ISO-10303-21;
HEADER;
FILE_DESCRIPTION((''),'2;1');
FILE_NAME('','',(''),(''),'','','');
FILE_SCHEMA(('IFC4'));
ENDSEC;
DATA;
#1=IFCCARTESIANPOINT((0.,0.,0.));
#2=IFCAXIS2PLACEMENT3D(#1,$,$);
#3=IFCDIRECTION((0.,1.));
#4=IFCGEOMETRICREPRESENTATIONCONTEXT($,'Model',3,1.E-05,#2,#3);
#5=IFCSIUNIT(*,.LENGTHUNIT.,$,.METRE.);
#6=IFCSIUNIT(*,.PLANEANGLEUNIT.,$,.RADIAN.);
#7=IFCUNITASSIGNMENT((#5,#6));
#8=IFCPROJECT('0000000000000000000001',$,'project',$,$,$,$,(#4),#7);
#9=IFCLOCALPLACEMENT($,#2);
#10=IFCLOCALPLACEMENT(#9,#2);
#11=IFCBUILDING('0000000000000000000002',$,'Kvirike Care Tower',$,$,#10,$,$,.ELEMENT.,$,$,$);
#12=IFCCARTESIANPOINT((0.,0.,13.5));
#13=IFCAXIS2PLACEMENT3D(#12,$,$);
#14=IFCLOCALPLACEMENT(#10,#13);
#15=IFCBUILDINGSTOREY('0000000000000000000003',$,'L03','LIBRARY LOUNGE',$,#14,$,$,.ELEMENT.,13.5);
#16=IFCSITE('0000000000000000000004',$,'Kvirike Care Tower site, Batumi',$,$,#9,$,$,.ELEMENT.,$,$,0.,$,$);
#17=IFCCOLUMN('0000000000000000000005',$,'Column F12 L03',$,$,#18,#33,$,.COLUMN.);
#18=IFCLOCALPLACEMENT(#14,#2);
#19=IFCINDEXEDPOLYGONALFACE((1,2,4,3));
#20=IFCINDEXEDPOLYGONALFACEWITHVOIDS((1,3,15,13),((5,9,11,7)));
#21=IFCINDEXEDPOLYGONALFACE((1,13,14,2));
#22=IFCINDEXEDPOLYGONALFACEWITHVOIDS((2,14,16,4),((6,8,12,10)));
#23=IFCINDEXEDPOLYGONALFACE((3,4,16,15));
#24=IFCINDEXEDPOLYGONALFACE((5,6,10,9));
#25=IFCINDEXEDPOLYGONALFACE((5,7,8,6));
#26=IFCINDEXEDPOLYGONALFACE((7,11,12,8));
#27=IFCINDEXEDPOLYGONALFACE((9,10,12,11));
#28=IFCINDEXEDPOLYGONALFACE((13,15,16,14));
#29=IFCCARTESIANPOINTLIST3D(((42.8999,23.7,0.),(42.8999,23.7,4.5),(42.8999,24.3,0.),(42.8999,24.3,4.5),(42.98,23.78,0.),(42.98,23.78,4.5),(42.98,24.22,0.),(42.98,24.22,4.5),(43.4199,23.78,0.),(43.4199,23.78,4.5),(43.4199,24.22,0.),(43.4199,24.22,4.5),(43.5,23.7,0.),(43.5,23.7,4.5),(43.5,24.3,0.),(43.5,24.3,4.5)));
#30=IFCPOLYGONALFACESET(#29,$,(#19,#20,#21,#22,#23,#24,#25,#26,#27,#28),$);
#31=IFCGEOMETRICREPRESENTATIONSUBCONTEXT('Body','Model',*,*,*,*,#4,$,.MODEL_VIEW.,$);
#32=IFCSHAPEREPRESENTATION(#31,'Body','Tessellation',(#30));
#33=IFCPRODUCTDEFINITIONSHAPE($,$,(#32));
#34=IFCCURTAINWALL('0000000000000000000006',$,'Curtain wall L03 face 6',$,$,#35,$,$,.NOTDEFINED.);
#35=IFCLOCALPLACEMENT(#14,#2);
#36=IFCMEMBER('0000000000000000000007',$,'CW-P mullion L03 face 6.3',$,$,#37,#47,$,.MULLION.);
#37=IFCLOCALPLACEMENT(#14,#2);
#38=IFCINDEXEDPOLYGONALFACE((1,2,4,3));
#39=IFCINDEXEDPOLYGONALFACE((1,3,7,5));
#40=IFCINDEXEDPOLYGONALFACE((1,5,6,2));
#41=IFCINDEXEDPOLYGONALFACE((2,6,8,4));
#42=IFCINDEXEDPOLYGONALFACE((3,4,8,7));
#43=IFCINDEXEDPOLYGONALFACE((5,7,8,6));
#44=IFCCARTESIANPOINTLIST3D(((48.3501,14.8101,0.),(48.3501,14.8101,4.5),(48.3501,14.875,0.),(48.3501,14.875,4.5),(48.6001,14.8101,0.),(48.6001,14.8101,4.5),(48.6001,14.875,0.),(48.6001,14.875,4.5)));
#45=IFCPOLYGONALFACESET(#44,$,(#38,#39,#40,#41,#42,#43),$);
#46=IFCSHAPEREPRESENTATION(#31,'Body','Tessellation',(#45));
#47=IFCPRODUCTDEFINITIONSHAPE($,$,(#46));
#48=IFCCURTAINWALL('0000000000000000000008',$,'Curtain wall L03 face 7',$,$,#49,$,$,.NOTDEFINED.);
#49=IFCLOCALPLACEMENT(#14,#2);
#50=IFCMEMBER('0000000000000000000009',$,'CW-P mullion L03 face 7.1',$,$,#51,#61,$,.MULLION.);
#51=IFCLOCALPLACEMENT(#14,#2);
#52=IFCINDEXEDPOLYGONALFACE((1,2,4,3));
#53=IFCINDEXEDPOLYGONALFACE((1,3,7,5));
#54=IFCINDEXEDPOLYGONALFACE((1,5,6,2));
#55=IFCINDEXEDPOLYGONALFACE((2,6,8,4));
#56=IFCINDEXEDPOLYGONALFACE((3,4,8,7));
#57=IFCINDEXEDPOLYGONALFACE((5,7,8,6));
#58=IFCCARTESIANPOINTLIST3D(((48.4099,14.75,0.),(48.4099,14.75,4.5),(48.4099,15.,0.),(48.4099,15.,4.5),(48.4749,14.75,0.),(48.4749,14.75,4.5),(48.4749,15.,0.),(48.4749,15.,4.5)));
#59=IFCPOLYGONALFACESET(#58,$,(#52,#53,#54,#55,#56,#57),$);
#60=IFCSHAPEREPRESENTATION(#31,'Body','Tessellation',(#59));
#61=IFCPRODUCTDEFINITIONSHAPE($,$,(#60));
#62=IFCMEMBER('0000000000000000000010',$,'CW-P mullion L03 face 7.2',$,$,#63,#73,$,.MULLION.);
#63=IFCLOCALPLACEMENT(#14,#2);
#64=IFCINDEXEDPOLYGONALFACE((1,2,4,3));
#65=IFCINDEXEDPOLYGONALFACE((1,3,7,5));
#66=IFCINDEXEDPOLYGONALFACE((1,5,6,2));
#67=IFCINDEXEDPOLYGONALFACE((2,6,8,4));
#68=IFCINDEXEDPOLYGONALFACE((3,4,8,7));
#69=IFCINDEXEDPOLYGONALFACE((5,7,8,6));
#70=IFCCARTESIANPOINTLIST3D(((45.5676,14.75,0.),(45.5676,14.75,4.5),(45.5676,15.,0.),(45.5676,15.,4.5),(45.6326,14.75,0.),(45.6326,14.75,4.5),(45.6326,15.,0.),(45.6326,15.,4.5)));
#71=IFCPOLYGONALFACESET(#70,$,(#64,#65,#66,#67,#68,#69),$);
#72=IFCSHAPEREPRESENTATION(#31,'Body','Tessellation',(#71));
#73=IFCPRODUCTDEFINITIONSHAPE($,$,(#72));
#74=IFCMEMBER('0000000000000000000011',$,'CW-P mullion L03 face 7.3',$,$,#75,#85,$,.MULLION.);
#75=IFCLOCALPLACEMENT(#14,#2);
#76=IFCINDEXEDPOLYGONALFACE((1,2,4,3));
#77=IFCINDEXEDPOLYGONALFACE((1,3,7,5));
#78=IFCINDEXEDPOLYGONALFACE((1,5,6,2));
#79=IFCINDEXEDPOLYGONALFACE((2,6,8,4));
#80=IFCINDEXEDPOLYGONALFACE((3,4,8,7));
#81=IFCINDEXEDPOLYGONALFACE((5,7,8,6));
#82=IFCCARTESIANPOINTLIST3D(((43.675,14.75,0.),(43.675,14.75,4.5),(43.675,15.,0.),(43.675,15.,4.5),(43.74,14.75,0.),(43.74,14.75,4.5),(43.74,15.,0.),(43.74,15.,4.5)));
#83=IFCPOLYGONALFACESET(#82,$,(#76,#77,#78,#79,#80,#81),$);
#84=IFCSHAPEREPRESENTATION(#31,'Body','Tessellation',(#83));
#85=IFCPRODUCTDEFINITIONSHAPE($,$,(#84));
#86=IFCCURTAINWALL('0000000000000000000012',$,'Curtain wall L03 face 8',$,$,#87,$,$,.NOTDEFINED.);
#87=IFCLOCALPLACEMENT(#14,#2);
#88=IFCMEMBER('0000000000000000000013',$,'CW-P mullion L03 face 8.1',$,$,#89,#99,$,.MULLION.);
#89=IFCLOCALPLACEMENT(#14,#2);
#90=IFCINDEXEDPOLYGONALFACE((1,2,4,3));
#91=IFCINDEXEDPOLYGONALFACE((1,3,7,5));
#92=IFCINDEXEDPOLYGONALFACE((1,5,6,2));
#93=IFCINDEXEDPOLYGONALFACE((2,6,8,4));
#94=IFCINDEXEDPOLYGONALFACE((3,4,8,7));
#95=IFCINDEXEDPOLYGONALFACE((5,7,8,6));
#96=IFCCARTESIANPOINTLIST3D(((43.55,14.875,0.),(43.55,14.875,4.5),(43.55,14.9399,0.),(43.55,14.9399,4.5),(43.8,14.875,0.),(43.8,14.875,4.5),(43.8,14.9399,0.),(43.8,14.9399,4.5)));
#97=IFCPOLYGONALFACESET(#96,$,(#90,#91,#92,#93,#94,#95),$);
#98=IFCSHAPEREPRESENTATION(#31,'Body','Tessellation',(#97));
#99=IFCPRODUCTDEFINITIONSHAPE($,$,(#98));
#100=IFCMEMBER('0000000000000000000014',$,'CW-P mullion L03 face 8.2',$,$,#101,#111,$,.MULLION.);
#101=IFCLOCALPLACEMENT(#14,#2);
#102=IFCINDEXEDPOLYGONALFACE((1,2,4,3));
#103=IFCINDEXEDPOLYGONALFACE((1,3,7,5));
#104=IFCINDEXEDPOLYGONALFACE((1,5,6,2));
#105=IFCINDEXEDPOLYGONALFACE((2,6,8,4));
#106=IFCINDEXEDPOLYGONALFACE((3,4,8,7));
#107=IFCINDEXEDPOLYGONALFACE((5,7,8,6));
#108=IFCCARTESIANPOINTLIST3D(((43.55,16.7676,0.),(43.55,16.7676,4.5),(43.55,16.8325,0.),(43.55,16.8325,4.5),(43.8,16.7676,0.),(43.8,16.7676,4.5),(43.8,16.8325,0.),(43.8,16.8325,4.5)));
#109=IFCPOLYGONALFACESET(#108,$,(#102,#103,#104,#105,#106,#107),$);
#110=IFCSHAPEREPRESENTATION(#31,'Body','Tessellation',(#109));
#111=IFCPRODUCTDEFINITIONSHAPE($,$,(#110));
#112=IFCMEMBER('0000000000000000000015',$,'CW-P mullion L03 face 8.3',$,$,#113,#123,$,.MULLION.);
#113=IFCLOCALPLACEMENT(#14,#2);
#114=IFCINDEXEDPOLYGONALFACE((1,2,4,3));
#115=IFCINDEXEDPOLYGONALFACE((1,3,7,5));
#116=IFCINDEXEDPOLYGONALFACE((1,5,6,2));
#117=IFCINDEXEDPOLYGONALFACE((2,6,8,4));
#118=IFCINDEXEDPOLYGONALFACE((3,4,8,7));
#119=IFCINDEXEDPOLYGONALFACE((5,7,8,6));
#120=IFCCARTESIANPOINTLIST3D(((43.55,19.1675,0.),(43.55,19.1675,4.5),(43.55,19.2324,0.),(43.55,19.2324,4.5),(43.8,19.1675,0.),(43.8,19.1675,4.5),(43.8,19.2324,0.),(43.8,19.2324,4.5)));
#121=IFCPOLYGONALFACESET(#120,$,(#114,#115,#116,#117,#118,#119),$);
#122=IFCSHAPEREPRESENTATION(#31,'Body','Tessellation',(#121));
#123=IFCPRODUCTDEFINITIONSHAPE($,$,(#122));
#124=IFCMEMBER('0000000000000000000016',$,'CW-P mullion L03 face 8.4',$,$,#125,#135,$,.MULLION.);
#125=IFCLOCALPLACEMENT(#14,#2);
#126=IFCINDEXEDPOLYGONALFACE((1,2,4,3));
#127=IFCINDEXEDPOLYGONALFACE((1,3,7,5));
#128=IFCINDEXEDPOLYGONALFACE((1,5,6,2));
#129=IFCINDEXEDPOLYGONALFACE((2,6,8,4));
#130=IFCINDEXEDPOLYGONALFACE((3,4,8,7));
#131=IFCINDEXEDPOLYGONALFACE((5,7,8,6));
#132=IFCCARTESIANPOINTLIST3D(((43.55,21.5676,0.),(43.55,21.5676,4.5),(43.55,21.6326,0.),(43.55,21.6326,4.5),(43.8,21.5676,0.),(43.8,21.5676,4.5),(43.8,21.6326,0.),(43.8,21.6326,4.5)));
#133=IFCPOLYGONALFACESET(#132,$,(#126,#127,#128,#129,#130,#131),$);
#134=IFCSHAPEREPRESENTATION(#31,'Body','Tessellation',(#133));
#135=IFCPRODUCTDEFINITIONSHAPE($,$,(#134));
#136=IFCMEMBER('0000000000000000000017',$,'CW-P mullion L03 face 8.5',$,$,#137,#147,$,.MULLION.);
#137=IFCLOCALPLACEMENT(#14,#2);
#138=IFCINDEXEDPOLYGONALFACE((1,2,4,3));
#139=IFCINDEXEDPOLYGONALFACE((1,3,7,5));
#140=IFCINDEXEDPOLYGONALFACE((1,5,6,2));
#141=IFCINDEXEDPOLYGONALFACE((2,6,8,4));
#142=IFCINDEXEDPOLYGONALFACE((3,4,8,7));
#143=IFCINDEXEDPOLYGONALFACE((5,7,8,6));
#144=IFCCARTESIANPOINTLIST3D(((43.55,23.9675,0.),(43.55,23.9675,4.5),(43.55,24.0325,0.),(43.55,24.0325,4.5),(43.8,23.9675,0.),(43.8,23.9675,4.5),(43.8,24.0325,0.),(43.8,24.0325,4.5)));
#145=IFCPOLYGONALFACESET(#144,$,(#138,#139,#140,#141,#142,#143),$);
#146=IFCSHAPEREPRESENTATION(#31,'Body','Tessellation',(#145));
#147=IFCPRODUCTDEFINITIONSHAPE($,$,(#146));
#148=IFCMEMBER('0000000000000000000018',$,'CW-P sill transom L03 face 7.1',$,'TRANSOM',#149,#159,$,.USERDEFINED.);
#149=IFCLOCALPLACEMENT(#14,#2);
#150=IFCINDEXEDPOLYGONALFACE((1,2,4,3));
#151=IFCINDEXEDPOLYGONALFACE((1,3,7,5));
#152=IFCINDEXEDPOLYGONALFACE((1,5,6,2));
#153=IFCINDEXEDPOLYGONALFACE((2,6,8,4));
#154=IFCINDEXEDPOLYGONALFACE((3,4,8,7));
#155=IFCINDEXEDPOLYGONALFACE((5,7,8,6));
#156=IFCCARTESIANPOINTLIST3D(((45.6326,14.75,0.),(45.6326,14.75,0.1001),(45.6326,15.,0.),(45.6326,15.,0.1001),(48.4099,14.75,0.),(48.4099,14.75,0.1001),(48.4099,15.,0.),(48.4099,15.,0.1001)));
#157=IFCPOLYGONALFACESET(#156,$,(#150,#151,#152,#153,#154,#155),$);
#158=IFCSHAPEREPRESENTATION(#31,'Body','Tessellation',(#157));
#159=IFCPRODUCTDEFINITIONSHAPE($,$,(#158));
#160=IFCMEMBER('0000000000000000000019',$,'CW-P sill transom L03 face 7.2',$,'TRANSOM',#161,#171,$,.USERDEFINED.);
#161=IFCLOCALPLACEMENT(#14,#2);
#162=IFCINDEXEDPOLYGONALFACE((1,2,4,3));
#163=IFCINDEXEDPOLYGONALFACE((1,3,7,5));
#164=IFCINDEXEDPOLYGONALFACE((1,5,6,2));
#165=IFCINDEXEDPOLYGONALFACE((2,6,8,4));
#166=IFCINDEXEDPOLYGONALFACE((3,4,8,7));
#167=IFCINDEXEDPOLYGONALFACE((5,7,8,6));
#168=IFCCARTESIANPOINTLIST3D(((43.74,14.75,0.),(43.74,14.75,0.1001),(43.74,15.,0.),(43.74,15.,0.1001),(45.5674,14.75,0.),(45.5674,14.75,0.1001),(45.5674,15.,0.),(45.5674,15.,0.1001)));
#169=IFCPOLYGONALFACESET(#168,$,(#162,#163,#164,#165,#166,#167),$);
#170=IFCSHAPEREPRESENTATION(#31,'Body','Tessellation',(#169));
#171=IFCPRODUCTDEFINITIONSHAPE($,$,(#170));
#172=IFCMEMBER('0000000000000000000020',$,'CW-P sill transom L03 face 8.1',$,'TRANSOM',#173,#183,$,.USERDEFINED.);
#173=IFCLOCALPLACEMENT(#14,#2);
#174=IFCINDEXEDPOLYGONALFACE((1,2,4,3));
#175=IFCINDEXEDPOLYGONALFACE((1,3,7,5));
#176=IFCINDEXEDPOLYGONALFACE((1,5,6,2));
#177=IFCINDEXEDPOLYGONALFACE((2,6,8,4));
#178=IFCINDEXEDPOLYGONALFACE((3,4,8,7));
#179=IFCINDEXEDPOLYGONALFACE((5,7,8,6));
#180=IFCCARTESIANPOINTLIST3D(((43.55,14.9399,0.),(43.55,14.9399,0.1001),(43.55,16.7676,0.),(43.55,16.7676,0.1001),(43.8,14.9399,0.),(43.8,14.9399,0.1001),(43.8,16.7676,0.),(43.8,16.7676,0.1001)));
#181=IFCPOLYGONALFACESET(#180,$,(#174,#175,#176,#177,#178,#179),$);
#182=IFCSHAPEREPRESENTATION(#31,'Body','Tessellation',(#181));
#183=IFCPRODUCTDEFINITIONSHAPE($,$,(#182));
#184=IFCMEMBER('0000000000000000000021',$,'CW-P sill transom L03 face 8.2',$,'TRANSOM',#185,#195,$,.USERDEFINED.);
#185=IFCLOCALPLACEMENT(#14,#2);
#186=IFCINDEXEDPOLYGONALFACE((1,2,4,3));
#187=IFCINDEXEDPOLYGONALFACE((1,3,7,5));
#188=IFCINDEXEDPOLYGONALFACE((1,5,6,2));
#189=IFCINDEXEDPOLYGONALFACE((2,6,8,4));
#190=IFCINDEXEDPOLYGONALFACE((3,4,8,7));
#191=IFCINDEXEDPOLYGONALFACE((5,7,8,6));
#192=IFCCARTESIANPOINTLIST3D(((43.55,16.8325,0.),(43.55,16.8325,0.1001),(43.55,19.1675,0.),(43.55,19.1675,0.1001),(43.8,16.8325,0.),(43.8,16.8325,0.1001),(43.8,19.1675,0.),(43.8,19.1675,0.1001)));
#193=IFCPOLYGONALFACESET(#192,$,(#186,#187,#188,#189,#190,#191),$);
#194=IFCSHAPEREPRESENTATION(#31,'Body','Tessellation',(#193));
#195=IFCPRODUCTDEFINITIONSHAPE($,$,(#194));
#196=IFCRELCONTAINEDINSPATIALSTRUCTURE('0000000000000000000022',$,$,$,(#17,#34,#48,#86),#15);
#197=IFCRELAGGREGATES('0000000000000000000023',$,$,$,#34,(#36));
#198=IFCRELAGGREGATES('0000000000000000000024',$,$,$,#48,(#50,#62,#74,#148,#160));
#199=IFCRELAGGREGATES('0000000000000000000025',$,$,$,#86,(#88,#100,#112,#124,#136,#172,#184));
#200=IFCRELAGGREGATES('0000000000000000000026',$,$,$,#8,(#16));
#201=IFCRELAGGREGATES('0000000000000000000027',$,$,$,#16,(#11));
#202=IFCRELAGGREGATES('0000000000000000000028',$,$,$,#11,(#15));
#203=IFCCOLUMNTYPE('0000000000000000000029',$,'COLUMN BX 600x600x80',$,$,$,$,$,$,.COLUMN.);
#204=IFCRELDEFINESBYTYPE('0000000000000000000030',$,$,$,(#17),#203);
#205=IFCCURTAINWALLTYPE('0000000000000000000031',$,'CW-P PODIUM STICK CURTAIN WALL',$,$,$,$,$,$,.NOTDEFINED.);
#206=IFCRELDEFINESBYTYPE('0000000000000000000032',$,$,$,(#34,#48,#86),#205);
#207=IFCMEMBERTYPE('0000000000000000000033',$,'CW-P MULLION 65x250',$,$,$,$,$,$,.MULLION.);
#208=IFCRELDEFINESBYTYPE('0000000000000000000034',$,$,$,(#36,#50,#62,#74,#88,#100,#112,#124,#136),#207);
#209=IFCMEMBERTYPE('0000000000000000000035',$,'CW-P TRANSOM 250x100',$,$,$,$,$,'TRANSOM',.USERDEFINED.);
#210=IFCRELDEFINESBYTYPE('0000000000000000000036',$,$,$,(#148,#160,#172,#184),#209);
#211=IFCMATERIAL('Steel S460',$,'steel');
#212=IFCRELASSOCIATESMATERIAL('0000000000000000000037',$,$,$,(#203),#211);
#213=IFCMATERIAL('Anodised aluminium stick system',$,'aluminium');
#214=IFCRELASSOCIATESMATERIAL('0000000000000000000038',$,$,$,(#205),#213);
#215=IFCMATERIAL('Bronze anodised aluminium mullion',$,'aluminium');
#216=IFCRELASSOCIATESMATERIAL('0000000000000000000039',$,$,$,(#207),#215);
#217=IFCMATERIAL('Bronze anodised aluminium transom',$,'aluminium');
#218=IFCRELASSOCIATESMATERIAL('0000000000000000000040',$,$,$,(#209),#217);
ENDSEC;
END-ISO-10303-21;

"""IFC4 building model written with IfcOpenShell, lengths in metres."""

from ifc_helpers import new_model, si_unit, direction, frame, origin, origin_2d, place, context, subcontext, project, spatial, rectangle, hollow_rectangle, extrude, material, material_profile, profile_set, type_object, element, aggregate, save


model = new_model("IFC4")

# Units and contexts
model_context = context("Model", 3, precision=1e-05, world=origin(), true_north=direction((0.0, 1.0)))
body_context = subcontext(model_context, "Body", "Model", "MODEL_VIEW")
ifc_project = project(units=[si_unit("LENGTHUNIT", "METRE"), si_unit("PLANEANGLEUNIT", "RADIAN")], contexts=[model_context])

# Site, building, storey
site_placement = place(None, origin())
site = spatial("IfcSite", under=ifc_project, at=site_placement, Name="Kvirike Care Tower site, Batumi", CompositionType="ELEMENT", RefElevation=0.0)
building_placement = place(site_placement, origin())
building = spatial("IfcBuilding", under=site, at=building_placement, Name="Kvirike Care Tower", CompositionType="ELEMENT")
storey_placement = place(building_placement, frame((0.0, 0.0, 13.5)))
storey = spatial("IfcBuildingStorey", under=building, at=storey_placement, Name="L03", Description="LIBRARY LOUNGE", CompositionType="ELEMENT", Elevation=13.5)

# Column
ifc_material_1 = material(Name="Steel S460", Category="steel")
ifc_material_profile_1 = material_profile(ifc_material_1, hollow_rectangle(XDim=0.6001, YDim=0.6001, WallThickness=0.0801, at=origin_2d()), Name="BX 600x600x80")
ifc_profile_set_1 = profile_set([ifc_material_profile_1], Name="Steel S460")
column_type = type_object("IfcColumnType", Name="COLUMN BX 600x600x80", PredefinedType="COLUMN", material=ifc_profile_set_1)
column_placement = place(storey_placement, frame((43.2, 24.0, 0.0), z_axis=(0.0, 0.0, 1.0), x_axis=(1.0, 0.0, 0.0)))
element("IfcColumn", 1, at=column_placement, inside=storey, type_object=column_type, Name="Column F12 L03", PredefinedType="COLUMN", context=body_context, shape_type="SweptSolid", body=[
    extrude(hollow_rectangle(XDim=0.6001, YDim=0.6001, WallThickness=0.0801, at=origin_2d()), origin(), (0.0, 0.0, 1.0), 4.5),
])

# Curtain wall, member
ifc_material_2 = material(Name="Anodised aluminium stick system", Category="aluminium")
curtain_wall_type = type_object("IfcCurtainWallType", Name="CW-P PODIUM STICK CURTAIN WALL", PredefinedType="NOTDEFINED", material=ifc_material_2)
curtain_wall_1_placement = place(storey_placement, origin())
curtain_wall_1 = element("IfcCurtainWall", 2, at=curtain_wall_1_placement, inside=storey, type_object=curtain_wall_type, Name="Curtain wall L03 face 6", PredefinedType="NOTDEFINED")
ifc_material_3 = material(Name="Bronze anodised aluminium mullion", Category="aluminium")
ifc_material_profile_2 = material_profile(ifc_material_3, rectangle(XDim=0.0649, YDim=0.25, at=origin_2d()), Name="CW-P MULLION 65x250")
ifc_profile_set_2 = profile_set([ifc_material_profile_2], Name="Bronze anodised aluminium mullion")
member_type_1 = type_object("IfcMemberType", Name="CW-P MULLION 65x250", PredefinedType="MULLION", material=ifc_profile_set_2)
member_1_placement = place(storey_placement, frame((48.4751, 14.8425, 0.0), z_axis=(0.0, 0.0, 1.0), x_axis=(0.0, 1.0, 0.0)))
member_1 = element("IfcMember", 3, at=member_1_placement, type_object=member_type_1, Name="CW-P mullion L03 face 6.3", PredefinedType="MULLION", context=body_context, shape_type="SweptSolid", body=[
    extrude(rectangle(XDim=0.0649, YDim=0.25, at=origin_2d()), origin(), (0.0, 0.0, 1.0), 4.5),
])
aggregate(curtain_wall_1, [member_1])

# Curtain walls, members
curtain_wall_2_placement = place(storey_placement, origin())
curtain_wall_2 = element("IfcCurtainWall", 4, at=curtain_wall_2_placement, inside=storey, type_object=curtain_wall_type, Name="Curtain wall L03 face 7", PredefinedType="NOTDEFINED")
member_2_placement = place(storey_placement, frame((48.4424, 14.875, 0.0), z_axis=(0.0, 0.0, 1.0), x_axis=(-1.0, 0.0, 0.0)))
member_2 = element("IfcMember", 5, at=member_2_placement, type_object=member_type_1, Name="CW-P mullion L03 face 7.1", PredefinedType="MULLION", context=body_context, shape_type="SweptSolid", body=[
    extrude(rectangle(XDim=0.0649, YDim=0.25, at=origin_2d()), origin(), (0.0, 0.0, 1.0), 4.5),
])
member_3_placement = place(storey_placement, frame((45.6001, 14.875, 0.0), z_axis=(0.0, 0.0, 1.0), x_axis=(-1.0, 0.0, 0.0)))
member_3 = element("IfcMember", 6, at=member_3_placement, type_object=member_type_1, Name="CW-P mullion L03 face 7.2", PredefinedType="MULLION", context=body_context, shape_type="SweptSolid", body=[
    extrude(rectangle(XDim=0.0649, YDim=0.25, at=origin_2d()), origin(), (0.0, 0.0, 1.0), 4.5),
])
member_4_placement = place(storey_placement, frame((43.7075, 14.875, 0.0), z_axis=(0.0, 0.0, 1.0), x_axis=(-1.0, 0.0, 0.0)))
member_4 = element("IfcMember", 7, at=member_4_placement, type_object=member_type_1, Name="CW-P mullion L03 face 7.3", PredefinedType="MULLION", context=body_context, shape_type="SweptSolid", body=[
    extrude(rectangle(XDim=0.0649, YDim=0.25, at=origin_2d()), origin(), (0.0, 0.0, 1.0), 4.5),
])
curtain_wall_3_placement = place(storey_placement, origin())
curtain_wall_3 = element("IfcCurtainWall", 8, at=curtain_wall_3_placement, inside=storey, type_object=curtain_wall_type, Name="Curtain wall L03 face 8", PredefinedType="NOTDEFINED")
member_5_placement = place(storey_placement, frame((43.675, 14.9075, 0.0), z_axis=(0.0, 0.0, 1.0), x_axis=(0.0, 1.0, 0.0)))
member_5 = element("IfcMember", 9, at=member_5_placement, type_object=member_type_1, Name="CW-P mullion L03 face 8.1", PredefinedType="MULLION", context=body_context, shape_type="SweptSolid", body=[
    extrude(rectangle(XDim=0.0649, YDim=0.25, at=origin_2d()), origin(), (0.0, 0.0, 1.0), 4.5),
])
member_6_placement = place(storey_placement, frame((43.675, 16.8, 0.0), z_axis=(0.0, 0.0, 1.0), x_axis=(0.0, 1.0, 0.0)))
member_6 = element("IfcMember", 10, at=member_6_placement, type_object=member_type_1, Name="CW-P mullion L03 face 8.2", PredefinedType="MULLION", context=body_context, shape_type="SweptSolid", body=[
    extrude(rectangle(XDim=0.0649, YDim=0.25, at=origin_2d()), origin(), (0.0, 0.0, 1.0), 4.5),
])
member_7_placement = place(storey_placement, frame((43.675, 19.2, 0.0), z_axis=(0.0, 0.0, 1.0), x_axis=(0.0, 1.0, 0.0)))
member_7 = element("IfcMember", 11, at=member_7_placement, type_object=member_type_1, Name="CW-P mullion L03 face 8.3", PredefinedType="MULLION", context=body_context, shape_type="SweptSolid", body=[
    extrude(rectangle(XDim=0.0649, YDim=0.25, at=origin_2d()), origin(), (0.0, 0.0, 1.0), 4.5),
])
member_8_placement = place(storey_placement, frame((43.675, 21.6001, 0.0), z_axis=(0.0, 0.0, 1.0), x_axis=(0.0, 1.0, 0.0)))
member_8 = element("IfcMember", 12, at=member_8_placement, type_object=member_type_1, Name="CW-P mullion L03 face 8.4", PredefinedType="MULLION", context=body_context, shape_type="SweptSolid", body=[
    extrude(rectangle(XDim=0.0649, YDim=0.25, at=origin_2d()), origin(), (0.0, 0.0, 1.0), 4.5),
])
member_9_placement = place(storey_placement, frame((43.675, 24.0, 0.0), z_axis=(0.0, 0.0, 1.0), x_axis=(0.0, 1.0, 0.0)))
member_9 = element("IfcMember", 13, at=member_9_placement, type_object=member_type_1, Name="CW-P mullion L03 face 8.5", PredefinedType="MULLION", context=body_context, shape_type="SweptSolid", body=[
    extrude(rectangle(XDim=0.0649, YDim=0.25, at=origin_2d()), origin(), (0.0, 0.0, 1.0), 4.5),
])

# Members
ifc_material_4 = material(Name="Bronze anodised aluminium transom", Category="aluminium")
ifc_material_profile_3 = material_profile(ifc_material_4, rectangle(XDim=0.25, YDim=0.1001, at=origin_2d()), Name="CW-P TRANSOM 250x100")
ifc_profile_set_3 = profile_set([ifc_material_profile_3], Name="Bronze anodised aluminium transom")
member_type_2 = type_object("IfcMemberType", Name="CW-P TRANSOM 250x100", ElementType="TRANSOM", PredefinedType="USERDEFINED", material=ifc_profile_set_3)
member_10_placement = place(storey_placement, frame((48.4099, 14.875, 0.05), z_axis=(-1.0, 0.0, 0.0), x_axis=(0.0, -1.0, 0.0)))
member_10 = element("IfcMember", 14, at=member_10_placement, type_object=member_type_2, Name="CW-P sill transom L03 face 7.1", ObjectType="TRANSOM", PredefinedType="USERDEFINED", context=body_context, shape_type="SweptSolid", body=[
    extrude(rectangle(XDim=0.25, YDim=0.1001, at=origin_2d()), origin(), (0.0, 0.0, 1.0), 2.7773),
])
member_11_placement = place(storey_placement, frame((45.5674, 14.875, 0.05), z_axis=(-1.0, 0.0, 0.0), x_axis=(0.0, -1.0, 0.0)))
member_11 = element("IfcMember", 15, at=member_11_placement, type_object=member_type_2, Name="CW-P sill transom L03 face 7.2", ObjectType="TRANSOM", PredefinedType="USERDEFINED", context=body_context, shape_type="SweptSolid", body=[
    extrude(rectangle(XDim=0.25, YDim=0.1001, at=origin_2d()), origin(), (0.0, 0.0, 1.0), 1.8274),
])
member_12_placement = place(storey_placement, frame((43.675, 14.9399, 0.05), z_axis=(0.0, 1.0, 0.0), x_axis=(-1.0, 0.0, 0.0)))
member_12 = element("IfcMember", 16, at=member_12_placement, type_object=member_type_2, Name="CW-P sill transom L03 face 8.1", ObjectType="TRANSOM", PredefinedType="USERDEFINED", context=body_context, shape_type="SweptSolid", body=[
    extrude(rectangle(XDim=0.25, YDim=0.1001, at=origin_2d()), origin(), (0.0, 0.0, 1.0), 1.8276),
])
member_13_placement = place(storey_placement, frame((43.675, 16.8325, 0.05), z_axis=(0.0, 1.0, 0.0), x_axis=(-1.0, 0.0, 0.0)))
member_13 = element("IfcMember", 17, at=member_13_placement, type_object=member_type_2, Name="CW-P sill transom L03 face 8.2", ObjectType="TRANSOM", PredefinedType="USERDEFINED", context=body_context, shape_type="SweptSolid", body=[
    extrude(rectangle(XDim=0.25, YDim=0.1001, at=origin_2d()), origin(), (0.0, 0.0, 1.0), 2.335),
])

aggregate(curtain_wall_2, [member_2, member_3, member_4, member_10, member_11])
aggregate(curtain_wall_3, [member_5, member_6, member_7, member_8, member_9, member_12, member_13])

save(model, "model.ifc")
